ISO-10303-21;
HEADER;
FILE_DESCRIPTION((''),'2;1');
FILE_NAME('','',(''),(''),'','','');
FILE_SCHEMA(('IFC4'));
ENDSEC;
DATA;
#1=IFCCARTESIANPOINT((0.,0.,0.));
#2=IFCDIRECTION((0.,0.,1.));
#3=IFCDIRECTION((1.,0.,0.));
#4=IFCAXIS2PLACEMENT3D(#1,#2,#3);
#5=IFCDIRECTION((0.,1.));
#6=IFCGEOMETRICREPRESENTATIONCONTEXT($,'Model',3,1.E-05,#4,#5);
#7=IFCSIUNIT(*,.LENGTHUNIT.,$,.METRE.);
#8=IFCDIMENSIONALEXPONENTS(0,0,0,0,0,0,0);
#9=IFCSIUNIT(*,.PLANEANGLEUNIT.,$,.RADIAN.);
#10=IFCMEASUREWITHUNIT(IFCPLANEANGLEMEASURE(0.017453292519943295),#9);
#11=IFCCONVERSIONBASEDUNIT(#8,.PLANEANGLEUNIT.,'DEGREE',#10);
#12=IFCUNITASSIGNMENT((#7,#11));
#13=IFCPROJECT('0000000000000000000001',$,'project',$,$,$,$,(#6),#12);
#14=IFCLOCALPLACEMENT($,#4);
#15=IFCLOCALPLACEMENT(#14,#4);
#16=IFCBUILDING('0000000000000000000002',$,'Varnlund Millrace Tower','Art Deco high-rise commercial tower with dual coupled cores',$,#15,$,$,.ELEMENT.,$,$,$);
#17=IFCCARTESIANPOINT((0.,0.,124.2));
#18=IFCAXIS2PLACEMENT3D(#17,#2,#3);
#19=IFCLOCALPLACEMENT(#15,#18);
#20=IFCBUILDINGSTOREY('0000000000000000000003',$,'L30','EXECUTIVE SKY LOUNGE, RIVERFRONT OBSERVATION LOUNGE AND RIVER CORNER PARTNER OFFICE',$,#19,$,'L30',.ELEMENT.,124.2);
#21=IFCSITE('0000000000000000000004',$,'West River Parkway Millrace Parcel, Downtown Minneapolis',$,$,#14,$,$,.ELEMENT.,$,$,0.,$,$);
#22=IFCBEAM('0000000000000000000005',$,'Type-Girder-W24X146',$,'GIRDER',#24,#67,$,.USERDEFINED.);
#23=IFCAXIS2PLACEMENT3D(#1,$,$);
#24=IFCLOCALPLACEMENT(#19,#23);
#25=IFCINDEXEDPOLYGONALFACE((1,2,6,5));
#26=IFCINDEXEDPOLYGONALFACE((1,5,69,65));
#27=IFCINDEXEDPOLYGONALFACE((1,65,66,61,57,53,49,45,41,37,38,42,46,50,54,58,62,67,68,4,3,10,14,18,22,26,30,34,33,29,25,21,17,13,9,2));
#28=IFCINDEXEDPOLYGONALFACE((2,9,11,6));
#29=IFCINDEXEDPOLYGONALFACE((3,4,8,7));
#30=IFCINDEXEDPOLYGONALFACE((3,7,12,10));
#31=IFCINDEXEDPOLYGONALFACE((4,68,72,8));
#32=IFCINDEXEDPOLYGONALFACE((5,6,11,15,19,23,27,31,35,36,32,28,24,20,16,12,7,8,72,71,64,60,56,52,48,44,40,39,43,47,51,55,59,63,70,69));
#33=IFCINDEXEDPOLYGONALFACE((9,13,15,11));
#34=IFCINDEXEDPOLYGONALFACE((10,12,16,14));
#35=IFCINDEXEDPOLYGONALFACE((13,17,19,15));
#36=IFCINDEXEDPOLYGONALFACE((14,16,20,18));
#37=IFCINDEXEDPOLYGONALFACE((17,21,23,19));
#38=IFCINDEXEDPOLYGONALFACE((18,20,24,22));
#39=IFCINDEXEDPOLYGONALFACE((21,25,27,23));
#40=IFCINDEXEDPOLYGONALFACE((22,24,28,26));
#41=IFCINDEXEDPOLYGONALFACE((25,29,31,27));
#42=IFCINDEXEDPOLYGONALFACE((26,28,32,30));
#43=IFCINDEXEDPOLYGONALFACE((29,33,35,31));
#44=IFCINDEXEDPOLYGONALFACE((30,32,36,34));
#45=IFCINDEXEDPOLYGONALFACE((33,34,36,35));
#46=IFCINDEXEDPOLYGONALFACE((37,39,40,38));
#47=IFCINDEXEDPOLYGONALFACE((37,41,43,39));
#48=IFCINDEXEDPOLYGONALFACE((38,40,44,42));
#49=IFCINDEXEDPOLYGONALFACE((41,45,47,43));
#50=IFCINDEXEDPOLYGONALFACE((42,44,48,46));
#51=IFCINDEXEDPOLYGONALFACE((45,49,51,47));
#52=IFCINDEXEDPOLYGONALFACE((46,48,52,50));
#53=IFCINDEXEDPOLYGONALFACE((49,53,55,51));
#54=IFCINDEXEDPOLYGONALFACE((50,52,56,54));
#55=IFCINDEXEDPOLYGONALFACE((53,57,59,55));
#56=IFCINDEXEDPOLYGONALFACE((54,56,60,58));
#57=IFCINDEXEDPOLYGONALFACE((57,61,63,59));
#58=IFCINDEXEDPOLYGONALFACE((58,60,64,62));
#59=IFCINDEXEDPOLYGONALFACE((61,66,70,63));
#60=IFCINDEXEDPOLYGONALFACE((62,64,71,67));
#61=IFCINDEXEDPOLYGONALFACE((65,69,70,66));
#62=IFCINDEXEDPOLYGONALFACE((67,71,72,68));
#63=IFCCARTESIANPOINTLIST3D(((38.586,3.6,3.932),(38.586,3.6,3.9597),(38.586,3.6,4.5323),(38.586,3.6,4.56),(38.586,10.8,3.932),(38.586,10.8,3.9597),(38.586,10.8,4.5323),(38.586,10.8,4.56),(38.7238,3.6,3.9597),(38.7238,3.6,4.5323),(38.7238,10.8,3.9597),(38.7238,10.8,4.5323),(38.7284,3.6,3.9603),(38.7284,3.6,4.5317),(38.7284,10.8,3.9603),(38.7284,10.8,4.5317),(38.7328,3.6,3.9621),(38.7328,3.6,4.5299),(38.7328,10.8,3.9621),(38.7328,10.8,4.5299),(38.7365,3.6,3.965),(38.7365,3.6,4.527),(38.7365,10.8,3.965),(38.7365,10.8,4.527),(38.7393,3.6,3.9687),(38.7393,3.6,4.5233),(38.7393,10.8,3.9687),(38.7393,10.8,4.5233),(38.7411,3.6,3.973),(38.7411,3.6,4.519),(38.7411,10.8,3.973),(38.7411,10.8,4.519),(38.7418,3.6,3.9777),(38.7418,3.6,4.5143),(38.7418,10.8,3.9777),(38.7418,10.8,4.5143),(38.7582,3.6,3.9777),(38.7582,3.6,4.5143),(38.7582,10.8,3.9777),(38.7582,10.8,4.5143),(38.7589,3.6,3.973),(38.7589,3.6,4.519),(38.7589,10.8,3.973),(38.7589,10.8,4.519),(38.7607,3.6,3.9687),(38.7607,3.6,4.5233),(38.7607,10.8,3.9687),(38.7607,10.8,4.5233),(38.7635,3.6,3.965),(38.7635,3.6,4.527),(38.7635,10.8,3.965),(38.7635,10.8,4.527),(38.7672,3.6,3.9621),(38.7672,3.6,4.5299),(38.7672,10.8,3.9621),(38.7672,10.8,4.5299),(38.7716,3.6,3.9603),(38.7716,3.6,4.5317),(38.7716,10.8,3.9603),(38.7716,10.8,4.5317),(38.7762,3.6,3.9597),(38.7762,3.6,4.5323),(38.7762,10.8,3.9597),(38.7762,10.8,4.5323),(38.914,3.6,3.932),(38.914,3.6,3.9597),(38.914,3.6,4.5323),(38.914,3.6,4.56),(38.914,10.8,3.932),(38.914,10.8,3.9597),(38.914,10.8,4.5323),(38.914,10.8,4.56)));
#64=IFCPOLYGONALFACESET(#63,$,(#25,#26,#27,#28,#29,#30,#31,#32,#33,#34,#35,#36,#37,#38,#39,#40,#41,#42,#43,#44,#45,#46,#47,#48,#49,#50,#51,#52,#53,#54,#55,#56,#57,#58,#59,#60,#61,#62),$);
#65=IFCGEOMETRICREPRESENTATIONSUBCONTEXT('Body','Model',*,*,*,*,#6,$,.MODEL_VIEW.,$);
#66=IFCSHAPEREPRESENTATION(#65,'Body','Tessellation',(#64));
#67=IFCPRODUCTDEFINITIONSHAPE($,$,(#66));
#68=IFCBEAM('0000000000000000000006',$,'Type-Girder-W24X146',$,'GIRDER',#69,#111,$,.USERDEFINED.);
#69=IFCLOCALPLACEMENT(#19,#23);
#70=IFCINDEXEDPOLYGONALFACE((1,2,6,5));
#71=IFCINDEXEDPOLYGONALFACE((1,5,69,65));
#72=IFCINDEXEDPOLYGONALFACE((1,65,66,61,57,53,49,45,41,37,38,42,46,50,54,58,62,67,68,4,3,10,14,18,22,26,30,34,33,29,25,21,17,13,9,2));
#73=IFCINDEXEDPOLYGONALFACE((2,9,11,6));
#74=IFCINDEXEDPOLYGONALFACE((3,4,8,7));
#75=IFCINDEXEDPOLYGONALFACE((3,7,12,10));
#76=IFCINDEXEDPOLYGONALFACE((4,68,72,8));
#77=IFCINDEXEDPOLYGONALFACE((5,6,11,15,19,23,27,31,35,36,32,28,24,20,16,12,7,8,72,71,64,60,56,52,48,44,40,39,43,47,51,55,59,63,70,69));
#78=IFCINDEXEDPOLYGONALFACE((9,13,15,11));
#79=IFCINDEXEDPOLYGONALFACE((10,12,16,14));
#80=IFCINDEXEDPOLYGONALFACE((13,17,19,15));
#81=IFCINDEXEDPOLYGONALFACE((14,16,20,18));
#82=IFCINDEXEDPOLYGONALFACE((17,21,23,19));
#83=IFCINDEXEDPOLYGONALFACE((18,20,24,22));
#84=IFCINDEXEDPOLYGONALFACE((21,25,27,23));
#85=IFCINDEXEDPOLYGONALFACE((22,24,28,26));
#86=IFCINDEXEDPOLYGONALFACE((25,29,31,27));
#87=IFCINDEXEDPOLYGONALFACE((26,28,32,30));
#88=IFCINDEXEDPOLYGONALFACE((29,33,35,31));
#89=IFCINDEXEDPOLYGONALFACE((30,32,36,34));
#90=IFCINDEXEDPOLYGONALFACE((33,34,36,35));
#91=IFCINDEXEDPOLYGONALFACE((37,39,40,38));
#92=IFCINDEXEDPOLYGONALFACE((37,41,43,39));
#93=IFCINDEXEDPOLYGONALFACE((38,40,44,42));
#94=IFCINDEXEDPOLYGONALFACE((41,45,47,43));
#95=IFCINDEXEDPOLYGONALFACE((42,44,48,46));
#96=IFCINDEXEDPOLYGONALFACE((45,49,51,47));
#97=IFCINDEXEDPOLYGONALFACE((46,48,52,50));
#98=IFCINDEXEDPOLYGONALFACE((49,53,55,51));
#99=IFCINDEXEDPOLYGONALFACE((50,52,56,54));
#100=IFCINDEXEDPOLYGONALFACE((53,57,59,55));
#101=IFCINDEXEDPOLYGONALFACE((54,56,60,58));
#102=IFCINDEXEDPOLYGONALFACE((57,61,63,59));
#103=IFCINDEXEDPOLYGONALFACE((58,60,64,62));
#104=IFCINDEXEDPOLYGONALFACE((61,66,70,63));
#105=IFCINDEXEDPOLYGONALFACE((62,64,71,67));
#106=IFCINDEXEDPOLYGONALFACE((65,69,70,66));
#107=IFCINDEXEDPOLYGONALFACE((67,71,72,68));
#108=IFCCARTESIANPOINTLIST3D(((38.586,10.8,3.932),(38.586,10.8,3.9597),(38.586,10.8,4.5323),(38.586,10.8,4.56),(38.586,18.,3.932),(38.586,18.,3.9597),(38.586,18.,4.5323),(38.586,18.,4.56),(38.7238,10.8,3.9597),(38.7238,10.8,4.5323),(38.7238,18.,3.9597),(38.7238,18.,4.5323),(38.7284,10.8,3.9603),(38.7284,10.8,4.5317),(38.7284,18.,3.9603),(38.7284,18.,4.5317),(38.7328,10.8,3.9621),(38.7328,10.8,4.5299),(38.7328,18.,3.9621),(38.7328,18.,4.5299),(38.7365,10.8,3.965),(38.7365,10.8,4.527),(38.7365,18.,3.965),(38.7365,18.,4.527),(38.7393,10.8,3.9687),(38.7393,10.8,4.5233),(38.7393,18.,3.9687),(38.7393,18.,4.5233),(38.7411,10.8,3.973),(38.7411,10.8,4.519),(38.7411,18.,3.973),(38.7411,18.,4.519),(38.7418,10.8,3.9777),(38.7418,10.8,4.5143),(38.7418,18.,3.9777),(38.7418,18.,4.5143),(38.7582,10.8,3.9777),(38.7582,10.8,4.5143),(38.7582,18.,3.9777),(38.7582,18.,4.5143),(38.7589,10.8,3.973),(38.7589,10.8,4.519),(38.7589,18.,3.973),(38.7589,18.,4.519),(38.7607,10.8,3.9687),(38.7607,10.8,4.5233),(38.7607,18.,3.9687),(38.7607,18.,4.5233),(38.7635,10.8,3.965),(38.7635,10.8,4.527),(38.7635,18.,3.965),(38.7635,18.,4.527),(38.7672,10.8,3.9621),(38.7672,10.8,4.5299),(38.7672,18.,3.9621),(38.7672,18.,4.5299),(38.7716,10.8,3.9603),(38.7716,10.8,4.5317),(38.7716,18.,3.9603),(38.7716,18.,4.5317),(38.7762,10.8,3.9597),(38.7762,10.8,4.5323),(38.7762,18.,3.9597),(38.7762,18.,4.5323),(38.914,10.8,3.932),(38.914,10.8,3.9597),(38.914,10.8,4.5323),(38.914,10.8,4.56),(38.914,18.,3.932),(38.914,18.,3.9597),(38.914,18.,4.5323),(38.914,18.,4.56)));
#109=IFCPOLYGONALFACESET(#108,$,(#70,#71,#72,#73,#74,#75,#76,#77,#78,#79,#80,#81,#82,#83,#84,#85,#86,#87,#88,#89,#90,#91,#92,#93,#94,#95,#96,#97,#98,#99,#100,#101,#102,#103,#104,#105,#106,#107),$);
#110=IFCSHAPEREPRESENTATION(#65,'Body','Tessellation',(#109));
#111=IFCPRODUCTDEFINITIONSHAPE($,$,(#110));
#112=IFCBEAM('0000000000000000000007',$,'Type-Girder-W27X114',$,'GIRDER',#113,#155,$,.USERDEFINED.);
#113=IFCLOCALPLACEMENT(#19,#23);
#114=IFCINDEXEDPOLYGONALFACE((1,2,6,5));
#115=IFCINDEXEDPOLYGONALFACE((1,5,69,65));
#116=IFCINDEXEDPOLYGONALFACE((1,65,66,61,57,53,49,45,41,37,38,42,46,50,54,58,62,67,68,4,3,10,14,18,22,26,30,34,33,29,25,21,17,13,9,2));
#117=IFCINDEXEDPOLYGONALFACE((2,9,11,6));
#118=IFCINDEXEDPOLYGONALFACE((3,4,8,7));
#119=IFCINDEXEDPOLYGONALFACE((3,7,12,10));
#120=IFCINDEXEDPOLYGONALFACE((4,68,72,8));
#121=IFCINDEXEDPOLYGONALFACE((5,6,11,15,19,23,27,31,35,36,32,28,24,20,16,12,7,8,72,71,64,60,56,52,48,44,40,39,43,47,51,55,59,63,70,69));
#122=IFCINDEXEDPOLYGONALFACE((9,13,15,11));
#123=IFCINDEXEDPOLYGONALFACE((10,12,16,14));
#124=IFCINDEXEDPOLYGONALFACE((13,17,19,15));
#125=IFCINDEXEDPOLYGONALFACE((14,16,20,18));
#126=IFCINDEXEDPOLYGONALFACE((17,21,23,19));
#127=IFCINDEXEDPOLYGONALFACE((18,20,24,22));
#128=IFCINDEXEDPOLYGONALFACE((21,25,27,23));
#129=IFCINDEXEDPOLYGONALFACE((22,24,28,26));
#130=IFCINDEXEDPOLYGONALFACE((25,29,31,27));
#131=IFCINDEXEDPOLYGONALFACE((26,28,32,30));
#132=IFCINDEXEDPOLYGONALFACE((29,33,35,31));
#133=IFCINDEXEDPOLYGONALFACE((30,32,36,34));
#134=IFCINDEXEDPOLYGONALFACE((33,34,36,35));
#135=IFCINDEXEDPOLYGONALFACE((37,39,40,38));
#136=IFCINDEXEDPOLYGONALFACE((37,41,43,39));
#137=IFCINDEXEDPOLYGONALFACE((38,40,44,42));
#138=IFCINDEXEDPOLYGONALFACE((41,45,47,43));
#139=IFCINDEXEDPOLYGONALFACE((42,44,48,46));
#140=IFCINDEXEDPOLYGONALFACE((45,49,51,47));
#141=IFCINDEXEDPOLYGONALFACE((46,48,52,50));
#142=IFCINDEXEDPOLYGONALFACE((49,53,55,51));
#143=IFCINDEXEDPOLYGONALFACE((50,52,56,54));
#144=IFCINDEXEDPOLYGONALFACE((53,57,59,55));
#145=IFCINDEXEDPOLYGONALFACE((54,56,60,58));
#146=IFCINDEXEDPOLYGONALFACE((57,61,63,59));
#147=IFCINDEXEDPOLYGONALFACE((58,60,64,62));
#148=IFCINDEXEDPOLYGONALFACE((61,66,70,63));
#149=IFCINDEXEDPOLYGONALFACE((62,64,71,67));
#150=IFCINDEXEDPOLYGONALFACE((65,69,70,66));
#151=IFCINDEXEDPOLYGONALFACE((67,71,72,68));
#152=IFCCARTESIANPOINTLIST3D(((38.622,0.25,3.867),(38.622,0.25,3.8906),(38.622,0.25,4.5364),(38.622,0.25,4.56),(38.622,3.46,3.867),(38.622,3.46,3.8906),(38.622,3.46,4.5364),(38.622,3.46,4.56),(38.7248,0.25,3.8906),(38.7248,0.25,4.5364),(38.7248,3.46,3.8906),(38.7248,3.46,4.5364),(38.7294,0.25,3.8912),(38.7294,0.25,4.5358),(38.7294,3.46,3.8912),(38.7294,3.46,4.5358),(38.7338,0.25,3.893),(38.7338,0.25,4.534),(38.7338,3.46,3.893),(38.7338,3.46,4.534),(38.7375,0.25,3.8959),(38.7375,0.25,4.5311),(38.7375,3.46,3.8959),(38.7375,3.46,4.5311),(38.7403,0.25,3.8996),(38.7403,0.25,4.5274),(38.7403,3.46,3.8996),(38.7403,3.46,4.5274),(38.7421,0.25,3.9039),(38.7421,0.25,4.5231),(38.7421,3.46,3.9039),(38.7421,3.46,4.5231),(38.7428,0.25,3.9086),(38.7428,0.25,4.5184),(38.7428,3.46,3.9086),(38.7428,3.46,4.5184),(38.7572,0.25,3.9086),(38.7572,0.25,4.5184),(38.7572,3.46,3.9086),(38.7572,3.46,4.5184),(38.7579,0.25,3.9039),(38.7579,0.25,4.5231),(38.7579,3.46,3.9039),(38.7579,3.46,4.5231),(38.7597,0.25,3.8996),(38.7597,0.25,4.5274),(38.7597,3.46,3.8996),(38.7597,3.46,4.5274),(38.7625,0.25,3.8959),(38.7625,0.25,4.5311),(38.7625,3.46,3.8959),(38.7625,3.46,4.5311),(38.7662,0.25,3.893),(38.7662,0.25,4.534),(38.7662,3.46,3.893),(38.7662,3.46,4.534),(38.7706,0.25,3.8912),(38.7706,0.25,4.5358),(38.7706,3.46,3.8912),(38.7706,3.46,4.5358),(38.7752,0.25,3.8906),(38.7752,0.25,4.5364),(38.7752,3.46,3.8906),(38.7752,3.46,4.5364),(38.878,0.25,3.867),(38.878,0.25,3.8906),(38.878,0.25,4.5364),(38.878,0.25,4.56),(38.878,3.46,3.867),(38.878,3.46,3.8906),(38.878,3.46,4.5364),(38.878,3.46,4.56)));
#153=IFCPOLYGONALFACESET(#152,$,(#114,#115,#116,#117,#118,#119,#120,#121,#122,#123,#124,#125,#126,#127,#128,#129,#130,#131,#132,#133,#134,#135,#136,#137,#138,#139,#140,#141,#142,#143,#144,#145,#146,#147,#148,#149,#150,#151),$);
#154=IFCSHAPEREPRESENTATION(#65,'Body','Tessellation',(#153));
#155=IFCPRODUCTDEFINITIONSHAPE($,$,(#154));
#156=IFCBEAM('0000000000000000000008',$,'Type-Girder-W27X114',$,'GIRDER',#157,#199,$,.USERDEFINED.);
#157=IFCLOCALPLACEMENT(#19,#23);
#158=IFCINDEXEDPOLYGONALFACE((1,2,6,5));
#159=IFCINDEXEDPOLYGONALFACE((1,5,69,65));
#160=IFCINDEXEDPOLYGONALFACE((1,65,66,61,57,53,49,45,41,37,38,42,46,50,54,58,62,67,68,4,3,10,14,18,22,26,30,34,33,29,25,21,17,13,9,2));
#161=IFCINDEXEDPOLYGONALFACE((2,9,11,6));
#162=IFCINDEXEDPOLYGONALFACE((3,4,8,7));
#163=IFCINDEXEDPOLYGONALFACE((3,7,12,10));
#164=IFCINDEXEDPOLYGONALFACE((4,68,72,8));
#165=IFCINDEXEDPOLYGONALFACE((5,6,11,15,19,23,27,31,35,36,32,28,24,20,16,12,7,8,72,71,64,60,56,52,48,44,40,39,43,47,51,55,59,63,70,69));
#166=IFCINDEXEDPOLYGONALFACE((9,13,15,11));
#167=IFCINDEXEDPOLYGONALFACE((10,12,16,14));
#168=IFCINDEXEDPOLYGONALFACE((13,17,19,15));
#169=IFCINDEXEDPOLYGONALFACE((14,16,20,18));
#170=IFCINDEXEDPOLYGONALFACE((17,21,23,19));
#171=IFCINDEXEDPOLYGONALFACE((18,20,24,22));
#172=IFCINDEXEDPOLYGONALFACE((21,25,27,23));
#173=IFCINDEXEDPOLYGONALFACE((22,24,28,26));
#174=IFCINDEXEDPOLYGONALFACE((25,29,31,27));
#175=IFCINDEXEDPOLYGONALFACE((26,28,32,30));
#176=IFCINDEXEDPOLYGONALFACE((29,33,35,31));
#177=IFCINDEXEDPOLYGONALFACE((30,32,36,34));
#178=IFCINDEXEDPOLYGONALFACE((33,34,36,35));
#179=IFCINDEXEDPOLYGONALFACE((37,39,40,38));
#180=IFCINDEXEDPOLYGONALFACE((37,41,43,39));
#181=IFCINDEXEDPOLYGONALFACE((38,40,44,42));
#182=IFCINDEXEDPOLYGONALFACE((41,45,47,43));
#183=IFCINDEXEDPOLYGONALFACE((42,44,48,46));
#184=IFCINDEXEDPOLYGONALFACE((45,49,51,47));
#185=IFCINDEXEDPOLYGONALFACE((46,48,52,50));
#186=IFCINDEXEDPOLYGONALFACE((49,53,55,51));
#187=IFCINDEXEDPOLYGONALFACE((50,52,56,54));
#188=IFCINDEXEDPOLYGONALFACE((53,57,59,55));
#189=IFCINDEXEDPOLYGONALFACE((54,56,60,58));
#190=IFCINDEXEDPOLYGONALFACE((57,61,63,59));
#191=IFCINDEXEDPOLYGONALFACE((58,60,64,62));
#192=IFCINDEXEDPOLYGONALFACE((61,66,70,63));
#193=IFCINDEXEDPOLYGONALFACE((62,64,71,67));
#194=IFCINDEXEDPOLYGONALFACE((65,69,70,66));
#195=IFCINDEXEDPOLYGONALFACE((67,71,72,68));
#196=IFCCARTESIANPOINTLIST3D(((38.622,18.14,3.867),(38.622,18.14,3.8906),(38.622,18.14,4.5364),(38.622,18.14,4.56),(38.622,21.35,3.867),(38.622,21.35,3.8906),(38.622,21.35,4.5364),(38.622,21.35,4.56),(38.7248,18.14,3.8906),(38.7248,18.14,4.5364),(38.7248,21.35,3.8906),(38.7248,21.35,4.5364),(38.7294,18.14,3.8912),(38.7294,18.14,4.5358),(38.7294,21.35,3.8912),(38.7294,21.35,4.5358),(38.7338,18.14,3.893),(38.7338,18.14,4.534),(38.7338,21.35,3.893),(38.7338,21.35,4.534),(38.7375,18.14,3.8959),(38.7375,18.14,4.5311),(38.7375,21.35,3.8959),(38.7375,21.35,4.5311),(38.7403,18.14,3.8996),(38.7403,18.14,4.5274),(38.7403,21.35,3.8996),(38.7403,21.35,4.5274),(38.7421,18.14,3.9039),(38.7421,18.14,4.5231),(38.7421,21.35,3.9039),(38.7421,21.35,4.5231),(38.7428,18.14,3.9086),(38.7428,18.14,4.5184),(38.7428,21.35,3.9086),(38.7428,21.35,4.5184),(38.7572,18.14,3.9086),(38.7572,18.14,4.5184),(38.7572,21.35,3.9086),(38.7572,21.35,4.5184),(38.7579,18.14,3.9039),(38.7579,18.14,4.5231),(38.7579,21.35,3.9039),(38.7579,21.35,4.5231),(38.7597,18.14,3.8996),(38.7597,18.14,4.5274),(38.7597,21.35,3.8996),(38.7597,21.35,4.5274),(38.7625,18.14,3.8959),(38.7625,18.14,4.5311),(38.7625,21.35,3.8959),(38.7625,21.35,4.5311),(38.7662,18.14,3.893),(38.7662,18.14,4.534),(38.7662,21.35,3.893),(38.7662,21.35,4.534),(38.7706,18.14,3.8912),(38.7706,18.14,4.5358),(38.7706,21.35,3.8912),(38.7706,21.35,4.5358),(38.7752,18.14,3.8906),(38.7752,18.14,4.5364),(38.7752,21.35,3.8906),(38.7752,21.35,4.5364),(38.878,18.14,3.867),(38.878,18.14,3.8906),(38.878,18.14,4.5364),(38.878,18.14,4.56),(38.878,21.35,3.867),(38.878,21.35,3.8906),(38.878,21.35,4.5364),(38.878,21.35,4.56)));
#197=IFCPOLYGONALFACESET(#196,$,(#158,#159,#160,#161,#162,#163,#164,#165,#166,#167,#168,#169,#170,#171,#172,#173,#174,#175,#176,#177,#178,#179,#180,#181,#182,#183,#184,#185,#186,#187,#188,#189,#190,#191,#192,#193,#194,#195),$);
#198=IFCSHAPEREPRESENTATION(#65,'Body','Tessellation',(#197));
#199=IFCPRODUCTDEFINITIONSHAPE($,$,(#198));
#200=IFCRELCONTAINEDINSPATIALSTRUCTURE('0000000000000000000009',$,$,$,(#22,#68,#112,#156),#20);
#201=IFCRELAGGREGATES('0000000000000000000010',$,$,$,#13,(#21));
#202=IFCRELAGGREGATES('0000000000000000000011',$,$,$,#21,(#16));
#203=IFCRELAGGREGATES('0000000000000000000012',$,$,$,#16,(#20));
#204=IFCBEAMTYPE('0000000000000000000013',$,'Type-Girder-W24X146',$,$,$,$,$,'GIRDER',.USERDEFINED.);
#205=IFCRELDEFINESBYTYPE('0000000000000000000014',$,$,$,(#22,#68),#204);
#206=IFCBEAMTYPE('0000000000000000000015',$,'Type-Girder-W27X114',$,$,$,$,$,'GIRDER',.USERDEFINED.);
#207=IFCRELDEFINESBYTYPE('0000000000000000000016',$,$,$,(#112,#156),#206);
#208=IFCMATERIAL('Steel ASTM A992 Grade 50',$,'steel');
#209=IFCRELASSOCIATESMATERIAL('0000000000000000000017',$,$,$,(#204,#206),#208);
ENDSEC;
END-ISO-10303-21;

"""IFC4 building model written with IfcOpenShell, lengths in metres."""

from ifc_helpers import new_model, entity, si_unit, converted_unit, direction, frame, origin_with_axes, origin_2d_with_axis, place, context, subcontext, project, spatial, i_section, extrude, material, material_profile, profile_set, type_object, element, save


model = new_model("IFC4")

# Units and contexts
model_context = context("Model", 3, precision=1e-05, world=origin_with_axes(), true_north=direction((0.0, 1.0)))
body_context = subcontext(model_context, "Body", "Model", "MODEL_VIEW")
ifc_project = project(units=[si_unit("LENGTHUNIT", "METRE"), converted_unit("PLANEANGLEUNIT", "DEGREE", entity("IfcPlaneAngleMeasure", 0.017453292519943295), si_unit("PLANEANGLEUNIT", "RADIAN"), dimensions=[0, 0, 0, 0, 0, 0, 0])], contexts=[model_context])

# Site, building, storey
site_placement = place(None, origin_with_axes())
site = spatial("IfcSite", under=ifc_project, at=site_placement, Name="West River Parkway Millrace Parcel, Downtown Minneapolis", CompositionType="ELEMENT", RefElevation=0.0)
building_placement = place(site_placement, origin_with_axes())
building = spatial("IfcBuilding", under=site, at=building_placement, Name="Varnlund Millrace Tower", Description="Art Deco high-rise commercial tower with dual coupled cores", CompositionType="ELEMENT")
storey_placement = place(building_placement, frame((0.0, 0.0, 124.2), z_axis=(0.0, 0.0, 1.0), x_axis=(1.0, 0.0, 0.0)))
storey = spatial("IfcBuildingStorey", under=building, at=storey_placement, Name="L30", Description="EXECUTIVE SKY LOUNGE, RIVERFRONT OBSERVATION LOUNGE AND RIVER CORNER PARTNER OFFICE", LongName="L30", CompositionType="ELEMENT", Elevation=124.2)

# Beams
ifc_material_1 = material(Name="Steel ASTM A992 Grade 50", Category="steel")
ifc_material_profile_1 = material_profile(ifc_material_1, i_section(OverallWidth=0.328, OverallDepth=0.628, WebThickness=0.0165, FlangeThickness=0.0277, FilletRadius=0.018, at=origin_2d_with_axis()), Name="Steel ASTM A992 Grade 50")
ifc_profile_set_1 = profile_set([ifc_material_profile_1], Name="Steel ASTM A992 Grade 50")
beam_type_1 = type_object("IfcBeamType", Name="Type-Girder-W24X146", ElementType="GIRDER", PredefinedType="USERDEFINED", material=ifc_profile_set_1)
for number, where, z_axis, x_axis, name in (
    (1, (38.75, 3.6, 4.246), (0.0, 1.0, 0.0), (-1.0, 0.0, 0.0), "Type-Girder-W24X146"),
    (2, (38.75, 10.8, 4.246), (0.0, 1.0, 0.0), (-1.0, 0.0, 0.0), "Type-Girder-W24X146"),
):
    element("IfcBeam", number, at=place(storey_placement, frame(where, z_axis=z_axis, x_axis=x_axis)), inside=storey, type_object=beam_type_1, Name=name, ObjectType="GIRDER", PredefinedType="USERDEFINED", context=body_context, shape_type="SweptSolid", body=[
        extrude(i_section(OverallWidth=0.328, OverallDepth=0.628, WebThickness=0.0165, FlangeThickness=0.0277, FilletRadius=0.018, at=origin_2d_with_axis()), origin_with_axes(), (0.0, 0.0, 1.0), 7.2),
    ])
ifc_material_profile_2 = material_profile(ifc_material_1, i_section(OverallWidth=0.256, OverallDepth=0.693, WebThickness=0.0145, FlangeThickness=0.0236, FilletRadius=0.018, at=origin_2d_with_axis()), Name="Steel ASTM A992 Grade 50")
ifc_profile_set_2 = profile_set([ifc_material_profile_2], Name="Steel ASTM A992 Grade 50")
beam_type_2 = type_object("IfcBeamType", Name="Type-Girder-W27X114", ElementType="GIRDER", PredefinedType="USERDEFINED", material=ifc_profile_set_2)
for number, where, z_axis, x_axis, name in (
    (3, (38.75, 0.25, 4.2135), (0.0, 1.0, 0.0), (-1.0, 0.0, 0.0), "Type-Girder-W27X114"),
    (4, (38.75, 18.14, 4.2135), (0.0, 1.0, 0.0), (-1.0, 0.0, 0.0), "Type-Girder-W27X114"),
):
    element("IfcBeam", number, at=place(storey_placement, frame(where, z_axis=z_axis, x_axis=x_axis)), inside=storey, type_object=beam_type_2, Name=name, ObjectType="GIRDER", PredefinedType="USERDEFINED", context=body_context, shape_type="SweptSolid", body=[
        extrude(i_section(OverallWidth=0.256, OverallDepth=0.693, WebThickness=0.0145, FlangeThickness=0.0236, FilletRadius=0.018, at=origin_2d_with_axis()), origin_with_axes(), (0.0, 0.0, 1.0), 3.21),
    ])

save(model, "model.ifc")
